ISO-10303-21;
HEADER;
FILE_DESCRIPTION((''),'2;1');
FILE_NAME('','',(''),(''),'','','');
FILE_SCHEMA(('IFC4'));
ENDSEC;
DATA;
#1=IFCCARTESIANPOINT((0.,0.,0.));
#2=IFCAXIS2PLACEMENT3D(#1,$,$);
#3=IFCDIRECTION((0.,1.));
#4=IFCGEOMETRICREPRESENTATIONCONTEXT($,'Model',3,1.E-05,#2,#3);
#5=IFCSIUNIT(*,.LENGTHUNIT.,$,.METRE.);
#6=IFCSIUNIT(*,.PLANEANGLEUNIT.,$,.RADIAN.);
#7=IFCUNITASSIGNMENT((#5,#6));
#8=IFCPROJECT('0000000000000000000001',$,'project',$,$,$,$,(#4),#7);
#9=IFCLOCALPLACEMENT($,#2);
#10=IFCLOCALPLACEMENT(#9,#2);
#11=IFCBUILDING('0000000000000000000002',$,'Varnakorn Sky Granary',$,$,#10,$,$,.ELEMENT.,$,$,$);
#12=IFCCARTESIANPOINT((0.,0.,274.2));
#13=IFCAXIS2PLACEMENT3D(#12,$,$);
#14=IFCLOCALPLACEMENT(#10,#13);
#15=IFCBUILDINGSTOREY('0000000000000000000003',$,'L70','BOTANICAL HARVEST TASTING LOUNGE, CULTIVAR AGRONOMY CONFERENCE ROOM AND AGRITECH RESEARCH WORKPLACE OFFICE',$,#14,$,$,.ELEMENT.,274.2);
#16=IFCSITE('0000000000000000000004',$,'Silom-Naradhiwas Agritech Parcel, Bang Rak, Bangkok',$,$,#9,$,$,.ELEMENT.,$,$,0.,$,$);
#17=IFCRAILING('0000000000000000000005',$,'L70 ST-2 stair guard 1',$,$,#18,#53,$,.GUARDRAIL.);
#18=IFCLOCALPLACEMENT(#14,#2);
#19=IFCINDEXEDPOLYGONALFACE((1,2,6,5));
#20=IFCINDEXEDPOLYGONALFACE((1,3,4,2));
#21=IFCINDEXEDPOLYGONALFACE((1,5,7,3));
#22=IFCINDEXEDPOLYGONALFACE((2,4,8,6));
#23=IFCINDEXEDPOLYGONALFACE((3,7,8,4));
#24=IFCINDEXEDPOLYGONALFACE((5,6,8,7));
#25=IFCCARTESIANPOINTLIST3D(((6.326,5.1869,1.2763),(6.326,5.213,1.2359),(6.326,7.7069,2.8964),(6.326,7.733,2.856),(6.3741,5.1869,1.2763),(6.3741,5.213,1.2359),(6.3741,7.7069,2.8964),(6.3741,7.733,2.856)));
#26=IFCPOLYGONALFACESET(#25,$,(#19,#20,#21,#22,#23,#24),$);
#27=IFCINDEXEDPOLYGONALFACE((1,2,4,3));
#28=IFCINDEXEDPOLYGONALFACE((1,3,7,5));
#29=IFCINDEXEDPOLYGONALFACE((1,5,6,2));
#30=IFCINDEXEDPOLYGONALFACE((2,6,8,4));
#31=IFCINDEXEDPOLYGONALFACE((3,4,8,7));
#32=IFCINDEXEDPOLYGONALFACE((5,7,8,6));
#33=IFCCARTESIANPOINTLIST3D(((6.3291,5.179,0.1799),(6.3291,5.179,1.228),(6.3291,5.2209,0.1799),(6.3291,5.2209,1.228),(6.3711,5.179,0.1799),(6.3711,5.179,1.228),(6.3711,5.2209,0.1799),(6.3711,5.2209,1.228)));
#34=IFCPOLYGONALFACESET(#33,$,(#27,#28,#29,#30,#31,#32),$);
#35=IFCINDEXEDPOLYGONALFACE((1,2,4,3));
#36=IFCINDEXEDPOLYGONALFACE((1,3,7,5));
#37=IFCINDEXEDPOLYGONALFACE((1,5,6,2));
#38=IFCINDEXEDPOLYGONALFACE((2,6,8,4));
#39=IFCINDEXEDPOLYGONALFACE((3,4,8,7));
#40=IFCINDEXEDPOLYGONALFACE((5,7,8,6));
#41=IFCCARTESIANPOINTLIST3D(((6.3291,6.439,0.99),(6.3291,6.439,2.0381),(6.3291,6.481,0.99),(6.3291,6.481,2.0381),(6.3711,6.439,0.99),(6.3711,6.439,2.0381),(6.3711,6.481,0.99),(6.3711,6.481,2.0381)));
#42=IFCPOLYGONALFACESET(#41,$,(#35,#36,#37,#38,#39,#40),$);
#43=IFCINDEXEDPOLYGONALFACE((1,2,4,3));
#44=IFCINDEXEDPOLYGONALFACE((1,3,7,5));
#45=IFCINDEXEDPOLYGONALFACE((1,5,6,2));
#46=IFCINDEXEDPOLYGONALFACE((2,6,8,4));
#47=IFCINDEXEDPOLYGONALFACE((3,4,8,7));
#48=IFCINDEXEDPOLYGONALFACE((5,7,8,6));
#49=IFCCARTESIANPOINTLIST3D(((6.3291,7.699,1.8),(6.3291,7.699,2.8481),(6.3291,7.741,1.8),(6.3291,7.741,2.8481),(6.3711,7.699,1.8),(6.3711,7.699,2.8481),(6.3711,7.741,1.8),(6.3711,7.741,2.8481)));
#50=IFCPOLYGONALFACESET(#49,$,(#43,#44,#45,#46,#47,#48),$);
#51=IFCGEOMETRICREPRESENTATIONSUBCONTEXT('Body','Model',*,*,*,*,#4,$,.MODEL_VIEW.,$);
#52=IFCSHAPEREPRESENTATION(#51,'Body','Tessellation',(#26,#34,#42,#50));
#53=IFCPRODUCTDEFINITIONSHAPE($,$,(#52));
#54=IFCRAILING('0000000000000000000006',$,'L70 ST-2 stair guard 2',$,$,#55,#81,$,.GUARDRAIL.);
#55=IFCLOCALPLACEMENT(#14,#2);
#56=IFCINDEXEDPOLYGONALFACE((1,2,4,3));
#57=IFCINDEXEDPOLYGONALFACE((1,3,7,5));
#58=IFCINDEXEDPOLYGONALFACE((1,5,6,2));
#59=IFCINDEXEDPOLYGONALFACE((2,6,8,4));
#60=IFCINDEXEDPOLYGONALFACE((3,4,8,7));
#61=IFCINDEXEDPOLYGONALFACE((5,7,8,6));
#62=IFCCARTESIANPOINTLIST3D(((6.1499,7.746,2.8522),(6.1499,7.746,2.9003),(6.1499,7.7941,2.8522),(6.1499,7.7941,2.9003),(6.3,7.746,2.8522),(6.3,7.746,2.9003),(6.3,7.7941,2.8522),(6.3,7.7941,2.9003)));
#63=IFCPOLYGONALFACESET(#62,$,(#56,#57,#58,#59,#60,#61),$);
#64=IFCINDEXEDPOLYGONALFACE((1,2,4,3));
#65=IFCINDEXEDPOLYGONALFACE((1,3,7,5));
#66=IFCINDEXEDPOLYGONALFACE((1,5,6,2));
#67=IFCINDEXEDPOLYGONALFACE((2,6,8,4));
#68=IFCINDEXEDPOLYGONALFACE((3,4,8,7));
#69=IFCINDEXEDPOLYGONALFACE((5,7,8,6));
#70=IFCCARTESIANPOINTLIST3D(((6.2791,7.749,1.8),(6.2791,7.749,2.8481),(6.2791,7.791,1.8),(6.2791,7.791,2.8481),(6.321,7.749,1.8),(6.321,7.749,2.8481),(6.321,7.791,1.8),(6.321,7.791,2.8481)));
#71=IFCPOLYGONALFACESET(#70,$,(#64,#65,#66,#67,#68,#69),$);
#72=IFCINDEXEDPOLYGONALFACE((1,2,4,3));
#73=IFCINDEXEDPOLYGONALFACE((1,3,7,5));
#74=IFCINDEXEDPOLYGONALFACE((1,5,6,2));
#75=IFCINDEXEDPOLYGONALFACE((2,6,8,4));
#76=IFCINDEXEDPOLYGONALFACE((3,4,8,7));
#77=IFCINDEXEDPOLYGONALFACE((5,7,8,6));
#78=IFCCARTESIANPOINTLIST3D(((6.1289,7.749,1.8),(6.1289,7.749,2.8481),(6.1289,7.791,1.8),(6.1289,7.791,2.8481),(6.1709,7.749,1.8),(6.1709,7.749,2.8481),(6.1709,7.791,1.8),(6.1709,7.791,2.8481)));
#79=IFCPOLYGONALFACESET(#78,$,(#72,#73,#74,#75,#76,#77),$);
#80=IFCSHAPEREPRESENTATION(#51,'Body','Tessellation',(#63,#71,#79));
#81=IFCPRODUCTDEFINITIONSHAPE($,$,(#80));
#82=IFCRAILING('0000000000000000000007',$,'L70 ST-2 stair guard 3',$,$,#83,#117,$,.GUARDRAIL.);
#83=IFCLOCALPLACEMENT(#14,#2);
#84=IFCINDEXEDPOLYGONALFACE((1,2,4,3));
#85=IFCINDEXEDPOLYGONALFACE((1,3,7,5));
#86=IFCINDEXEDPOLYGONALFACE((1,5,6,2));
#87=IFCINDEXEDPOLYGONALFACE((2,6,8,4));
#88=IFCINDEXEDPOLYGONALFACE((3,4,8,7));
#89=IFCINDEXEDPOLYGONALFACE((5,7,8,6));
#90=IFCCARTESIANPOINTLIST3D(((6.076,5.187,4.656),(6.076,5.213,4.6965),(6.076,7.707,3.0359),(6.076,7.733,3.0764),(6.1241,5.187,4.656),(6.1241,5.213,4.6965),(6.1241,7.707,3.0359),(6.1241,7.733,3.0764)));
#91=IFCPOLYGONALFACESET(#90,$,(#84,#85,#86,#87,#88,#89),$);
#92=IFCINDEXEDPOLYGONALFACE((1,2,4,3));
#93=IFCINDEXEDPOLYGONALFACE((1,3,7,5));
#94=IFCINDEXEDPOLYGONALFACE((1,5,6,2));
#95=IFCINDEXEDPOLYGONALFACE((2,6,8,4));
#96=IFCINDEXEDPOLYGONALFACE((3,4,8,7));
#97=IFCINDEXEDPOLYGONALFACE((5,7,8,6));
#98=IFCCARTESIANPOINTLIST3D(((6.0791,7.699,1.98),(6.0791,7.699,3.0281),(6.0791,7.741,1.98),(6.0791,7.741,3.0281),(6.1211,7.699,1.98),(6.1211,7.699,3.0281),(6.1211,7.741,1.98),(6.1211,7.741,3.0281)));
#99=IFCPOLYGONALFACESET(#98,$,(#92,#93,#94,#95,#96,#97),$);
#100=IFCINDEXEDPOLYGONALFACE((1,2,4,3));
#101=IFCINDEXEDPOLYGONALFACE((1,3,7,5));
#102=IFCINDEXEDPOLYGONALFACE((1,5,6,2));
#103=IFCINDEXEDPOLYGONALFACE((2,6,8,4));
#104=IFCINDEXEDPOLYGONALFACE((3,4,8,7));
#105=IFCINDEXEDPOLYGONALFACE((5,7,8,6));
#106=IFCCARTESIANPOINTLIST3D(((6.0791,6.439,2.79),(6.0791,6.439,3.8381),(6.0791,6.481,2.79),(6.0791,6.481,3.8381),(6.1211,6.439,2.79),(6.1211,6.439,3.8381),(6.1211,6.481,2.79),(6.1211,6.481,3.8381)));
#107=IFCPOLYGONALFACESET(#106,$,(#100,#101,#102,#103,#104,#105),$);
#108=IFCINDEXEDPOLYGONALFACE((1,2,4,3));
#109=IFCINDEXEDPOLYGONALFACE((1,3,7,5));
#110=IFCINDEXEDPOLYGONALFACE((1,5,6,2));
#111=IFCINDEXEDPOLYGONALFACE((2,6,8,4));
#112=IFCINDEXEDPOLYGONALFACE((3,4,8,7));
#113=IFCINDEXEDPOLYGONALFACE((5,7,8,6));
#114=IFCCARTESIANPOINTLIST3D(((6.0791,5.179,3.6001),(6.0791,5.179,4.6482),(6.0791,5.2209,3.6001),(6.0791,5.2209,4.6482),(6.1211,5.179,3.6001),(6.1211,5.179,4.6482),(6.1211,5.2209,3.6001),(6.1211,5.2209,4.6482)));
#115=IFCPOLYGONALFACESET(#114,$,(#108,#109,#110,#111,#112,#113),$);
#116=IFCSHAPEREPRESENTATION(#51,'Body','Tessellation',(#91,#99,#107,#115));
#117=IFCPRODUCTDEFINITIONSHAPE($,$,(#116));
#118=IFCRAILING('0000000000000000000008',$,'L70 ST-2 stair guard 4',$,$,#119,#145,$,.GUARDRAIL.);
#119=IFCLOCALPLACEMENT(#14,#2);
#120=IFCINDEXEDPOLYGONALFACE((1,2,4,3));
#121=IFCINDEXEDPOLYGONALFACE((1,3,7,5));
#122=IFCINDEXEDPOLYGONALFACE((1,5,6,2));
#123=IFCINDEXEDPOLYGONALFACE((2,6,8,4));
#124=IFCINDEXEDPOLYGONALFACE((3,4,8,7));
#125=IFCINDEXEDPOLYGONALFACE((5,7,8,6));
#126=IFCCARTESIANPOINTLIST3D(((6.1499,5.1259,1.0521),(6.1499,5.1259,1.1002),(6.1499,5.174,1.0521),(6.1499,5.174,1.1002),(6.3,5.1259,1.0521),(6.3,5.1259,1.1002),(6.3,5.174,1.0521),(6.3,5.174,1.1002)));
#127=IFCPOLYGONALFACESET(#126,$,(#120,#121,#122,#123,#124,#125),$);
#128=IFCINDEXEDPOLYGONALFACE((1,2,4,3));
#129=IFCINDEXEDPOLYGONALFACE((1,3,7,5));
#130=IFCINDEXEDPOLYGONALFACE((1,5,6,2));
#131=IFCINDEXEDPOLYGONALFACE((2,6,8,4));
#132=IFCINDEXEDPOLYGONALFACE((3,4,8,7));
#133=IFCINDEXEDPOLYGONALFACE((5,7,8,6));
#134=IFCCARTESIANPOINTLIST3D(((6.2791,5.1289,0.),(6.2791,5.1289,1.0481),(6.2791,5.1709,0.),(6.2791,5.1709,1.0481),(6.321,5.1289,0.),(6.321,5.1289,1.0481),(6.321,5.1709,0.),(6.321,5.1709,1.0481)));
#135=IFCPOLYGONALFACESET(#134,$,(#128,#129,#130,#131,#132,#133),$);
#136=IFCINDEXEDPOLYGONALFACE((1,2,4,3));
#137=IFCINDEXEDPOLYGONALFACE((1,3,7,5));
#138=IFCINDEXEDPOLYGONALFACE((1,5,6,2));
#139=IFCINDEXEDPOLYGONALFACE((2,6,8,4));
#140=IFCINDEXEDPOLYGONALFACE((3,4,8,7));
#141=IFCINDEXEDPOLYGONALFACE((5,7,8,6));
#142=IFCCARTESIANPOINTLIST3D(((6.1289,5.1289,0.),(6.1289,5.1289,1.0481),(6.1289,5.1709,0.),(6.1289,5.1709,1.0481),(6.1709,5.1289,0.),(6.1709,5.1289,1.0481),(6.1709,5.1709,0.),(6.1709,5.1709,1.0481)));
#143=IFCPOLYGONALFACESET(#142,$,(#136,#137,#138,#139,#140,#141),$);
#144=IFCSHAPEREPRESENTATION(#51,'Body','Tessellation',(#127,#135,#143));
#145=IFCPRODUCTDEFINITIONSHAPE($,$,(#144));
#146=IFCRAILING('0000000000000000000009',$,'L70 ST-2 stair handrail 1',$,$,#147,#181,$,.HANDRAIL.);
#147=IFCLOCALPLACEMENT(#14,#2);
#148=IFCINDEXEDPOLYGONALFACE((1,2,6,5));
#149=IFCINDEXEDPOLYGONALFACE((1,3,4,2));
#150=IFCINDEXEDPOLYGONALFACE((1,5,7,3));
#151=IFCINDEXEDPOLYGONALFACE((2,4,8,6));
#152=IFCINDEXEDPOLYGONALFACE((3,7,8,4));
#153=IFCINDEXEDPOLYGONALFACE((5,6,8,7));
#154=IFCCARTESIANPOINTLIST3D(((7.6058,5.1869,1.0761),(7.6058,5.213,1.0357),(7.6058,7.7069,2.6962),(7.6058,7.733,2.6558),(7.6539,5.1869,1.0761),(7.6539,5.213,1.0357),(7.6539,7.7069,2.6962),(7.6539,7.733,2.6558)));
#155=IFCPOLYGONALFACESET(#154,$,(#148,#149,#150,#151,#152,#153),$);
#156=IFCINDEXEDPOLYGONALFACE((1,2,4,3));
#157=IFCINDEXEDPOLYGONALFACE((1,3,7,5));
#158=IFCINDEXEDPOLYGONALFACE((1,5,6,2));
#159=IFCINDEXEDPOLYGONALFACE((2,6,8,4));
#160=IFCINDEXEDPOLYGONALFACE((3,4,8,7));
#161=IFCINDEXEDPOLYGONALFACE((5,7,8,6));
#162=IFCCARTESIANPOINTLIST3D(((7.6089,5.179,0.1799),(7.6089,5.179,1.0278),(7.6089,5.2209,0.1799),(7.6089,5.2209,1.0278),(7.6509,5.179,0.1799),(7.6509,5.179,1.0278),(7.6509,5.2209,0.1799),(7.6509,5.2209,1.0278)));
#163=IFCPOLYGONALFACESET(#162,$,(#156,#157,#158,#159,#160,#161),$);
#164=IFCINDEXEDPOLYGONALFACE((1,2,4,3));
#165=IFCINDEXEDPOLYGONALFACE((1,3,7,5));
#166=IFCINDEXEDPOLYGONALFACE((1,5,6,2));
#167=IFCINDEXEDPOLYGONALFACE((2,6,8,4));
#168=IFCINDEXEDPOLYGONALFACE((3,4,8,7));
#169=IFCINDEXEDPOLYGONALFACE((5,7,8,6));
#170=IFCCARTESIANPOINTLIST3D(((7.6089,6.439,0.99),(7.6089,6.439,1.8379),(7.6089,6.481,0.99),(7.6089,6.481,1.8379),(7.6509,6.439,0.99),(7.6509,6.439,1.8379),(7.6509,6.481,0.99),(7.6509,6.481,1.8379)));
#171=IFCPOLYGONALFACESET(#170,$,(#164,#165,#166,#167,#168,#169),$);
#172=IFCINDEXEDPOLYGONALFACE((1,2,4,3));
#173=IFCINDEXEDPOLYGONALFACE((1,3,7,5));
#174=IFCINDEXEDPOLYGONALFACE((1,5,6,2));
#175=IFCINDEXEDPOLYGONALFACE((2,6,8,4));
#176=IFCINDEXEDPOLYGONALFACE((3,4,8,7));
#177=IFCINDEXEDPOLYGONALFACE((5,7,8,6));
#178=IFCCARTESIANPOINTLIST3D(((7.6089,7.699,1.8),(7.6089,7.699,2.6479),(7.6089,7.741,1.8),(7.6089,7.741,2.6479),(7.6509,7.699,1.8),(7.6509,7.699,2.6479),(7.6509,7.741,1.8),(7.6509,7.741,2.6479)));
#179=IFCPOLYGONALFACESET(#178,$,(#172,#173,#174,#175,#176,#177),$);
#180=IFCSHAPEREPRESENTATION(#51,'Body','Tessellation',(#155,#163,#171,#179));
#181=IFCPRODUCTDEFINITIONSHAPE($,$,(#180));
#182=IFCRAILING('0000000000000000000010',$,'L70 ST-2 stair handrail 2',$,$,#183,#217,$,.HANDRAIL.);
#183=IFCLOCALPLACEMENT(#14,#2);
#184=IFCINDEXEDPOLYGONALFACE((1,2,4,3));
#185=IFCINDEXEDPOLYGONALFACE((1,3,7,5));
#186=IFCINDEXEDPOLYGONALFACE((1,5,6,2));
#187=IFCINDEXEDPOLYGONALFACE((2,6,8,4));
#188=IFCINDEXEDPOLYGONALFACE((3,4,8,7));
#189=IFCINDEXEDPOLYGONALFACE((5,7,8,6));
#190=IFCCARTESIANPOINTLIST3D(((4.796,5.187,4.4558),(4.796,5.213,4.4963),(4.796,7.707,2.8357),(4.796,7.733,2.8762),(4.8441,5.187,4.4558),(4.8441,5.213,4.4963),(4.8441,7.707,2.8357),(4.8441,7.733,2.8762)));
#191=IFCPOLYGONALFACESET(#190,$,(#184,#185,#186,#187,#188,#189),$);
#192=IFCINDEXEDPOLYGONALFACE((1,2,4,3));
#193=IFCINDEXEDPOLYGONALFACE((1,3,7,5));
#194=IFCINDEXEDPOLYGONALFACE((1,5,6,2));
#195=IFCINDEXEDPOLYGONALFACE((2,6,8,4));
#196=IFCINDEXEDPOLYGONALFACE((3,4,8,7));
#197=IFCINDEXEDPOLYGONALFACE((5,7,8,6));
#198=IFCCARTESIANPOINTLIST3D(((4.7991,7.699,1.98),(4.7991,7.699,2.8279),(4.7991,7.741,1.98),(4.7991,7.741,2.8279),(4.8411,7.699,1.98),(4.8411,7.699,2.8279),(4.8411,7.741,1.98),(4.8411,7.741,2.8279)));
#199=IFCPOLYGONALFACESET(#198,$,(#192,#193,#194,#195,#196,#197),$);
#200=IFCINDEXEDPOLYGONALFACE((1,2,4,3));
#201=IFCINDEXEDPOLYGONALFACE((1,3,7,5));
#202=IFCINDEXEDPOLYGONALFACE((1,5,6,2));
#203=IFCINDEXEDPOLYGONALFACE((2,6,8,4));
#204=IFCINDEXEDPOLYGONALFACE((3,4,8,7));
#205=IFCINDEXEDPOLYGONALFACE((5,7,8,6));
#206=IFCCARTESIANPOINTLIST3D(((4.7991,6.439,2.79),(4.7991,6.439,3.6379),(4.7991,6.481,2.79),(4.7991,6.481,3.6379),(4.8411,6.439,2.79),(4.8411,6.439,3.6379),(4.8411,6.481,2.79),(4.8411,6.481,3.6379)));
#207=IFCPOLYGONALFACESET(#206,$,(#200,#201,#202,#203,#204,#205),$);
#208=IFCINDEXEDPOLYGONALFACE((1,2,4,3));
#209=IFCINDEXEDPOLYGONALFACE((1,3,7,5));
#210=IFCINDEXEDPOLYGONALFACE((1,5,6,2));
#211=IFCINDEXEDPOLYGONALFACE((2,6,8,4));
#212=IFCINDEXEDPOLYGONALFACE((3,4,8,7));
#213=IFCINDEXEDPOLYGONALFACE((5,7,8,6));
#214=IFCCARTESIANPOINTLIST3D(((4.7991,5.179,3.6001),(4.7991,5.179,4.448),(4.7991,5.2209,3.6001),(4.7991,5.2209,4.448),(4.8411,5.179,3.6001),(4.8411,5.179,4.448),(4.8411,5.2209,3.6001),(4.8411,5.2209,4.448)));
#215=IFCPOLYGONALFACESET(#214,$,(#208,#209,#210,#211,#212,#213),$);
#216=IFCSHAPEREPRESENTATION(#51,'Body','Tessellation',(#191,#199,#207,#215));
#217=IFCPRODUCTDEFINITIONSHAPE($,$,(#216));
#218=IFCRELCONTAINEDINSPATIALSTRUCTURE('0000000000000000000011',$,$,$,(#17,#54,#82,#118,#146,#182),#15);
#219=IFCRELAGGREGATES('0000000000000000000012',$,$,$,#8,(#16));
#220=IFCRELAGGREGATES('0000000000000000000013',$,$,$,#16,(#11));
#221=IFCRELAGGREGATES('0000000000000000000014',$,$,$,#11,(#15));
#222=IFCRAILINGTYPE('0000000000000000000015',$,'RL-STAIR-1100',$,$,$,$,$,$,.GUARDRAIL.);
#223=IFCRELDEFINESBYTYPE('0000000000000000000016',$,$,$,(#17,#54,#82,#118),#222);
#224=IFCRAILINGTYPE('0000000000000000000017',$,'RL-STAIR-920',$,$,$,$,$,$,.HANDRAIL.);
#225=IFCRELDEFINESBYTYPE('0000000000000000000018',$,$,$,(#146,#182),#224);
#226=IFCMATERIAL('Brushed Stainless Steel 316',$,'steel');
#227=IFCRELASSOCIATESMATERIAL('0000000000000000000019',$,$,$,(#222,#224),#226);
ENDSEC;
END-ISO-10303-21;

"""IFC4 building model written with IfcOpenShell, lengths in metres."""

from ifc_helpers import new_model, si_unit, direction, frame, origin, origin_2d, place, context, subcontext, project, spatial, rectangle, extrude, material, type_object, element, save


model = new_model("IFC4")

# Units and contexts
model_context = context("Model", 3, precision=1e-05, world=origin(), true_north=direction((0.0, 1.0)))
body_context = subcontext(model_context, "Body", "Model", "MODEL_VIEW")
ifc_project = project(units=[si_unit("LENGTHUNIT", "METRE"), si_unit("PLANEANGLEUNIT", "RADIAN")], contexts=[model_context])

# Site, building, storey
site_placement = place(None, origin())
site = spatial("IfcSite", under=ifc_project, at=site_placement, Name="Silom-Naradhiwas Agritech Parcel, Bang Rak, Bangkok", CompositionType="ELEMENT", RefElevation=0.0)
building_placement = place(site_placement, origin())
building = spatial("IfcBuilding", under=site, at=building_placement, Name="Varnakorn Sky Granary", CompositionType="ELEMENT")
storey_placement = place(building_placement, frame((0.0, 0.0, 274.2)))
storey = spatial("IfcBuildingStorey", under=building, at=storey_placement, Name="L70", Description="BOTANICAL HARVEST TASTING LOUNGE, CULTIVAR AGRONOMY CONFERENCE ROOM AND AGRITECH RESEARCH WORKPLACE OFFICE", CompositionType="ELEMENT", Elevation=274.2)

# Railings
ifc_material_1 = material(Name="Brushed Stainless Steel 316", Category="steel")
railing_type_1 = type_object("IfcRailingType", Name="RL-STAIR-1100", PredefinedType="GUARDRAIL", material=ifc_material_1)
railing_1_placement = place(storey_placement, frame((6.3501, 5.2, 0.1799)))
element("IfcRailing", 1, at=railing_1_placement, inside=storey, type_object=railing_type_1, Name="L70 ST-2 stair guard 1", PredefinedType="GUARDRAIL", context=body_context, shape_type="SweptSolid", body=[
    extrude(rectangle(XDim=0.0481, YDim=0.0481, at=origin_2d()), frame((0.0, 0.0, 1.0762), z_axis=(0.0, 0.841163, 0.540782), x_axis=(-1.0, 0.0, 0.0)), (0.0, 0.0, 1.0), 2.9958),
    extrude(rectangle(XDim=0.042, YDim=0.042, at=origin_2d()), origin(), (0.0, 0.0, 1.0), 1.0481),
    extrude(rectangle(XDim=0.042, YDim=0.042, at=origin_2d()), frame((0.0, 1.26, 0.8101)), (0.0, 0.0, 1.0), 1.0481),
    extrude(rectangle(XDim=0.042, YDim=0.042, at=origin_2d()), frame((0.0, 2.52, 1.6201)), (0.0, 0.0, 1.0), 1.0481),
])
railing_2_placement = place(storey_placement, frame((6.3, 7.77, 1.8)))
element("IfcRailing", 2, at=railing_2_placement, inside=storey, type_object=railing_type_1, Name="L70 ST-2 stair guard 2", PredefinedType="GUARDRAIL", context=body_context, shape_type="SweptSolid", body=[
    extrude(rectangle(XDim=0.0481, YDim=0.0481, at=origin_2d()), frame((0.0, 0.0, 1.0762), z_axis=(-1.0, 0.0, 0.0), x_axis=(0.0, -1.0, 0.0)), (0.0, 0.0, 1.0), 0.1501),
    extrude(rectangle(XDim=0.042, YDim=0.042, at=origin_2d()), origin(), (0.0, 0.0, 1.0), 1.0481),
    extrude(rectangle(XDim=0.042, YDim=0.042, at=origin_2d()), frame((-0.1501, 0.0, 0.0)), (0.0, 0.0, 1.0), 1.0481),
])
railing_3_placement = place(storey_placement, frame((6.1001, 7.72, 1.98)))
element("IfcRailing", 3, at=railing_3_placement, inside=storey, type_object=railing_type_1, Name="L70 ST-2 stair guard 3", PredefinedType="GUARDRAIL", context=body_context, shape_type="SweptSolid", body=[
    extrude(rectangle(XDim=0.0481, YDim=0.0481, at=origin_2d()), frame((0.0, 0.0, 1.0762), z_axis=(0.0, -0.841163, 0.540782), x_axis=(1.0, 0.0, 0.0)), (0.0, 0.0, 1.0), 2.9958),
    extrude(rectangle(XDim=0.042, YDim=0.042, at=origin_2d()), origin(), (0.0, 0.0, 1.0), 1.0481),
    extrude(rectangle(XDim=0.042, YDim=0.042, at=origin_2d()), frame((0.0, -1.26, 0.8101)), (0.0, 0.0, 1.0), 1.0481),
    extrude(rectangle(XDim=0.042, YDim=0.042, at=origin_2d()), frame((0.0, -2.52, 1.6201)), (0.0, 0.0, 1.0), 1.0481),
])
railing_4_placement = place(storey_placement, frame((6.3, 5.1499, 0.0)))
element("IfcRailing", 4, at=railing_4_placement, inside=storey, type_object=railing_type_1, Name="L70 ST-2 stair guard 4", PredefinedType="GUARDRAIL", context=body_context, shape_type="SweptSolid", body=[
    extrude(rectangle(XDim=0.0481, YDim=0.0481, at=origin_2d()), frame((0.0, 0.0, 1.0762), z_axis=(-1.0, 0.0, 0.0), x_axis=(0.0, -1.0, 0.0)), (0.0, 0.0, 1.0), 0.1501),
    extrude(rectangle(XDim=0.042, YDim=0.042, at=origin_2d()), origin(), (0.0, 0.0, 1.0), 1.0481),
    extrude(rectangle(XDim=0.042, YDim=0.042, at=origin_2d()), frame((-0.1501, 0.0, 0.0)), (0.0, 0.0, 1.0), 1.0481),
])
railing_type_2 = type_object("IfcRailingType", Name="RL-STAIR-920", PredefinedType="HANDRAIL", material=ifc_material_1)
railing_5_placement = place(storey_placement, frame((7.6299, 5.2, 0.1799)))
element("IfcRailing", 5, at=railing_5_placement, inside=storey, type_object=railing_type_2, Name="L70 ST-2 stair handrail 1", PredefinedType="HANDRAIL", context=body_context, shape_type="SweptSolid", body=[
    extrude(rectangle(XDim=0.0481, YDim=0.0481, at=origin_2d()), frame((0.0, 0.0, 0.876), z_axis=(0.0, 0.841163, 0.540782), x_axis=(-1.0, 0.0, 0.0)), (0.0, 0.0, 1.0), 2.9958),
    extrude(rectangle(XDim=0.042, YDim=0.042, at=origin_2d()), origin(), (0.0, 0.0, 1.0), 0.8479),
    extrude(rectangle(XDim=0.042, YDim=0.042, at=origin_2d()), frame((0.0, 1.26, 0.8101)), (0.0, 0.0, 1.0), 0.8479),
    extrude(rectangle(XDim=0.042, YDim=0.042, at=origin_2d()), frame((0.0, 2.52, 1.6201)), (0.0, 0.0, 1.0), 0.8479),
])
railing_6_placement = place(storey_placement, frame((4.8201, 7.72, 1.98)))
element("IfcRailing", 6, at=railing_6_placement, inside=storey, type_object=railing_type_2, Name="L70 ST-2 stair handrail 2", PredefinedType="HANDRAIL", context=body_context, shape_type="SweptSolid", body=[
    extrude(rectangle(XDim=0.0481, YDim=0.0481, at=origin_2d()), frame((0.0, 0.0, 0.876), z_axis=(0.0, -0.841163, 0.540782), x_axis=(1.0, 0.0, 0.0)), (0.0, 0.0, 1.0), 2.9958),
    extrude(rectangle(XDim=0.042, YDim=0.042, at=origin_2d()), origin(), (0.0, 0.0, 1.0), 0.8479),
    extrude(rectangle(XDim=0.042, YDim=0.042, at=origin_2d()), frame((0.0, -1.26, 0.8101)), (0.0, 0.0, 1.0), 0.8479),
    extrude(rectangle(XDim=0.042, YDim=0.042, at=origin_2d()), frame((0.0, -2.52, 1.6201)), (0.0, 0.0, 1.0), 0.8479),
])

save(model, "model.ifc")
